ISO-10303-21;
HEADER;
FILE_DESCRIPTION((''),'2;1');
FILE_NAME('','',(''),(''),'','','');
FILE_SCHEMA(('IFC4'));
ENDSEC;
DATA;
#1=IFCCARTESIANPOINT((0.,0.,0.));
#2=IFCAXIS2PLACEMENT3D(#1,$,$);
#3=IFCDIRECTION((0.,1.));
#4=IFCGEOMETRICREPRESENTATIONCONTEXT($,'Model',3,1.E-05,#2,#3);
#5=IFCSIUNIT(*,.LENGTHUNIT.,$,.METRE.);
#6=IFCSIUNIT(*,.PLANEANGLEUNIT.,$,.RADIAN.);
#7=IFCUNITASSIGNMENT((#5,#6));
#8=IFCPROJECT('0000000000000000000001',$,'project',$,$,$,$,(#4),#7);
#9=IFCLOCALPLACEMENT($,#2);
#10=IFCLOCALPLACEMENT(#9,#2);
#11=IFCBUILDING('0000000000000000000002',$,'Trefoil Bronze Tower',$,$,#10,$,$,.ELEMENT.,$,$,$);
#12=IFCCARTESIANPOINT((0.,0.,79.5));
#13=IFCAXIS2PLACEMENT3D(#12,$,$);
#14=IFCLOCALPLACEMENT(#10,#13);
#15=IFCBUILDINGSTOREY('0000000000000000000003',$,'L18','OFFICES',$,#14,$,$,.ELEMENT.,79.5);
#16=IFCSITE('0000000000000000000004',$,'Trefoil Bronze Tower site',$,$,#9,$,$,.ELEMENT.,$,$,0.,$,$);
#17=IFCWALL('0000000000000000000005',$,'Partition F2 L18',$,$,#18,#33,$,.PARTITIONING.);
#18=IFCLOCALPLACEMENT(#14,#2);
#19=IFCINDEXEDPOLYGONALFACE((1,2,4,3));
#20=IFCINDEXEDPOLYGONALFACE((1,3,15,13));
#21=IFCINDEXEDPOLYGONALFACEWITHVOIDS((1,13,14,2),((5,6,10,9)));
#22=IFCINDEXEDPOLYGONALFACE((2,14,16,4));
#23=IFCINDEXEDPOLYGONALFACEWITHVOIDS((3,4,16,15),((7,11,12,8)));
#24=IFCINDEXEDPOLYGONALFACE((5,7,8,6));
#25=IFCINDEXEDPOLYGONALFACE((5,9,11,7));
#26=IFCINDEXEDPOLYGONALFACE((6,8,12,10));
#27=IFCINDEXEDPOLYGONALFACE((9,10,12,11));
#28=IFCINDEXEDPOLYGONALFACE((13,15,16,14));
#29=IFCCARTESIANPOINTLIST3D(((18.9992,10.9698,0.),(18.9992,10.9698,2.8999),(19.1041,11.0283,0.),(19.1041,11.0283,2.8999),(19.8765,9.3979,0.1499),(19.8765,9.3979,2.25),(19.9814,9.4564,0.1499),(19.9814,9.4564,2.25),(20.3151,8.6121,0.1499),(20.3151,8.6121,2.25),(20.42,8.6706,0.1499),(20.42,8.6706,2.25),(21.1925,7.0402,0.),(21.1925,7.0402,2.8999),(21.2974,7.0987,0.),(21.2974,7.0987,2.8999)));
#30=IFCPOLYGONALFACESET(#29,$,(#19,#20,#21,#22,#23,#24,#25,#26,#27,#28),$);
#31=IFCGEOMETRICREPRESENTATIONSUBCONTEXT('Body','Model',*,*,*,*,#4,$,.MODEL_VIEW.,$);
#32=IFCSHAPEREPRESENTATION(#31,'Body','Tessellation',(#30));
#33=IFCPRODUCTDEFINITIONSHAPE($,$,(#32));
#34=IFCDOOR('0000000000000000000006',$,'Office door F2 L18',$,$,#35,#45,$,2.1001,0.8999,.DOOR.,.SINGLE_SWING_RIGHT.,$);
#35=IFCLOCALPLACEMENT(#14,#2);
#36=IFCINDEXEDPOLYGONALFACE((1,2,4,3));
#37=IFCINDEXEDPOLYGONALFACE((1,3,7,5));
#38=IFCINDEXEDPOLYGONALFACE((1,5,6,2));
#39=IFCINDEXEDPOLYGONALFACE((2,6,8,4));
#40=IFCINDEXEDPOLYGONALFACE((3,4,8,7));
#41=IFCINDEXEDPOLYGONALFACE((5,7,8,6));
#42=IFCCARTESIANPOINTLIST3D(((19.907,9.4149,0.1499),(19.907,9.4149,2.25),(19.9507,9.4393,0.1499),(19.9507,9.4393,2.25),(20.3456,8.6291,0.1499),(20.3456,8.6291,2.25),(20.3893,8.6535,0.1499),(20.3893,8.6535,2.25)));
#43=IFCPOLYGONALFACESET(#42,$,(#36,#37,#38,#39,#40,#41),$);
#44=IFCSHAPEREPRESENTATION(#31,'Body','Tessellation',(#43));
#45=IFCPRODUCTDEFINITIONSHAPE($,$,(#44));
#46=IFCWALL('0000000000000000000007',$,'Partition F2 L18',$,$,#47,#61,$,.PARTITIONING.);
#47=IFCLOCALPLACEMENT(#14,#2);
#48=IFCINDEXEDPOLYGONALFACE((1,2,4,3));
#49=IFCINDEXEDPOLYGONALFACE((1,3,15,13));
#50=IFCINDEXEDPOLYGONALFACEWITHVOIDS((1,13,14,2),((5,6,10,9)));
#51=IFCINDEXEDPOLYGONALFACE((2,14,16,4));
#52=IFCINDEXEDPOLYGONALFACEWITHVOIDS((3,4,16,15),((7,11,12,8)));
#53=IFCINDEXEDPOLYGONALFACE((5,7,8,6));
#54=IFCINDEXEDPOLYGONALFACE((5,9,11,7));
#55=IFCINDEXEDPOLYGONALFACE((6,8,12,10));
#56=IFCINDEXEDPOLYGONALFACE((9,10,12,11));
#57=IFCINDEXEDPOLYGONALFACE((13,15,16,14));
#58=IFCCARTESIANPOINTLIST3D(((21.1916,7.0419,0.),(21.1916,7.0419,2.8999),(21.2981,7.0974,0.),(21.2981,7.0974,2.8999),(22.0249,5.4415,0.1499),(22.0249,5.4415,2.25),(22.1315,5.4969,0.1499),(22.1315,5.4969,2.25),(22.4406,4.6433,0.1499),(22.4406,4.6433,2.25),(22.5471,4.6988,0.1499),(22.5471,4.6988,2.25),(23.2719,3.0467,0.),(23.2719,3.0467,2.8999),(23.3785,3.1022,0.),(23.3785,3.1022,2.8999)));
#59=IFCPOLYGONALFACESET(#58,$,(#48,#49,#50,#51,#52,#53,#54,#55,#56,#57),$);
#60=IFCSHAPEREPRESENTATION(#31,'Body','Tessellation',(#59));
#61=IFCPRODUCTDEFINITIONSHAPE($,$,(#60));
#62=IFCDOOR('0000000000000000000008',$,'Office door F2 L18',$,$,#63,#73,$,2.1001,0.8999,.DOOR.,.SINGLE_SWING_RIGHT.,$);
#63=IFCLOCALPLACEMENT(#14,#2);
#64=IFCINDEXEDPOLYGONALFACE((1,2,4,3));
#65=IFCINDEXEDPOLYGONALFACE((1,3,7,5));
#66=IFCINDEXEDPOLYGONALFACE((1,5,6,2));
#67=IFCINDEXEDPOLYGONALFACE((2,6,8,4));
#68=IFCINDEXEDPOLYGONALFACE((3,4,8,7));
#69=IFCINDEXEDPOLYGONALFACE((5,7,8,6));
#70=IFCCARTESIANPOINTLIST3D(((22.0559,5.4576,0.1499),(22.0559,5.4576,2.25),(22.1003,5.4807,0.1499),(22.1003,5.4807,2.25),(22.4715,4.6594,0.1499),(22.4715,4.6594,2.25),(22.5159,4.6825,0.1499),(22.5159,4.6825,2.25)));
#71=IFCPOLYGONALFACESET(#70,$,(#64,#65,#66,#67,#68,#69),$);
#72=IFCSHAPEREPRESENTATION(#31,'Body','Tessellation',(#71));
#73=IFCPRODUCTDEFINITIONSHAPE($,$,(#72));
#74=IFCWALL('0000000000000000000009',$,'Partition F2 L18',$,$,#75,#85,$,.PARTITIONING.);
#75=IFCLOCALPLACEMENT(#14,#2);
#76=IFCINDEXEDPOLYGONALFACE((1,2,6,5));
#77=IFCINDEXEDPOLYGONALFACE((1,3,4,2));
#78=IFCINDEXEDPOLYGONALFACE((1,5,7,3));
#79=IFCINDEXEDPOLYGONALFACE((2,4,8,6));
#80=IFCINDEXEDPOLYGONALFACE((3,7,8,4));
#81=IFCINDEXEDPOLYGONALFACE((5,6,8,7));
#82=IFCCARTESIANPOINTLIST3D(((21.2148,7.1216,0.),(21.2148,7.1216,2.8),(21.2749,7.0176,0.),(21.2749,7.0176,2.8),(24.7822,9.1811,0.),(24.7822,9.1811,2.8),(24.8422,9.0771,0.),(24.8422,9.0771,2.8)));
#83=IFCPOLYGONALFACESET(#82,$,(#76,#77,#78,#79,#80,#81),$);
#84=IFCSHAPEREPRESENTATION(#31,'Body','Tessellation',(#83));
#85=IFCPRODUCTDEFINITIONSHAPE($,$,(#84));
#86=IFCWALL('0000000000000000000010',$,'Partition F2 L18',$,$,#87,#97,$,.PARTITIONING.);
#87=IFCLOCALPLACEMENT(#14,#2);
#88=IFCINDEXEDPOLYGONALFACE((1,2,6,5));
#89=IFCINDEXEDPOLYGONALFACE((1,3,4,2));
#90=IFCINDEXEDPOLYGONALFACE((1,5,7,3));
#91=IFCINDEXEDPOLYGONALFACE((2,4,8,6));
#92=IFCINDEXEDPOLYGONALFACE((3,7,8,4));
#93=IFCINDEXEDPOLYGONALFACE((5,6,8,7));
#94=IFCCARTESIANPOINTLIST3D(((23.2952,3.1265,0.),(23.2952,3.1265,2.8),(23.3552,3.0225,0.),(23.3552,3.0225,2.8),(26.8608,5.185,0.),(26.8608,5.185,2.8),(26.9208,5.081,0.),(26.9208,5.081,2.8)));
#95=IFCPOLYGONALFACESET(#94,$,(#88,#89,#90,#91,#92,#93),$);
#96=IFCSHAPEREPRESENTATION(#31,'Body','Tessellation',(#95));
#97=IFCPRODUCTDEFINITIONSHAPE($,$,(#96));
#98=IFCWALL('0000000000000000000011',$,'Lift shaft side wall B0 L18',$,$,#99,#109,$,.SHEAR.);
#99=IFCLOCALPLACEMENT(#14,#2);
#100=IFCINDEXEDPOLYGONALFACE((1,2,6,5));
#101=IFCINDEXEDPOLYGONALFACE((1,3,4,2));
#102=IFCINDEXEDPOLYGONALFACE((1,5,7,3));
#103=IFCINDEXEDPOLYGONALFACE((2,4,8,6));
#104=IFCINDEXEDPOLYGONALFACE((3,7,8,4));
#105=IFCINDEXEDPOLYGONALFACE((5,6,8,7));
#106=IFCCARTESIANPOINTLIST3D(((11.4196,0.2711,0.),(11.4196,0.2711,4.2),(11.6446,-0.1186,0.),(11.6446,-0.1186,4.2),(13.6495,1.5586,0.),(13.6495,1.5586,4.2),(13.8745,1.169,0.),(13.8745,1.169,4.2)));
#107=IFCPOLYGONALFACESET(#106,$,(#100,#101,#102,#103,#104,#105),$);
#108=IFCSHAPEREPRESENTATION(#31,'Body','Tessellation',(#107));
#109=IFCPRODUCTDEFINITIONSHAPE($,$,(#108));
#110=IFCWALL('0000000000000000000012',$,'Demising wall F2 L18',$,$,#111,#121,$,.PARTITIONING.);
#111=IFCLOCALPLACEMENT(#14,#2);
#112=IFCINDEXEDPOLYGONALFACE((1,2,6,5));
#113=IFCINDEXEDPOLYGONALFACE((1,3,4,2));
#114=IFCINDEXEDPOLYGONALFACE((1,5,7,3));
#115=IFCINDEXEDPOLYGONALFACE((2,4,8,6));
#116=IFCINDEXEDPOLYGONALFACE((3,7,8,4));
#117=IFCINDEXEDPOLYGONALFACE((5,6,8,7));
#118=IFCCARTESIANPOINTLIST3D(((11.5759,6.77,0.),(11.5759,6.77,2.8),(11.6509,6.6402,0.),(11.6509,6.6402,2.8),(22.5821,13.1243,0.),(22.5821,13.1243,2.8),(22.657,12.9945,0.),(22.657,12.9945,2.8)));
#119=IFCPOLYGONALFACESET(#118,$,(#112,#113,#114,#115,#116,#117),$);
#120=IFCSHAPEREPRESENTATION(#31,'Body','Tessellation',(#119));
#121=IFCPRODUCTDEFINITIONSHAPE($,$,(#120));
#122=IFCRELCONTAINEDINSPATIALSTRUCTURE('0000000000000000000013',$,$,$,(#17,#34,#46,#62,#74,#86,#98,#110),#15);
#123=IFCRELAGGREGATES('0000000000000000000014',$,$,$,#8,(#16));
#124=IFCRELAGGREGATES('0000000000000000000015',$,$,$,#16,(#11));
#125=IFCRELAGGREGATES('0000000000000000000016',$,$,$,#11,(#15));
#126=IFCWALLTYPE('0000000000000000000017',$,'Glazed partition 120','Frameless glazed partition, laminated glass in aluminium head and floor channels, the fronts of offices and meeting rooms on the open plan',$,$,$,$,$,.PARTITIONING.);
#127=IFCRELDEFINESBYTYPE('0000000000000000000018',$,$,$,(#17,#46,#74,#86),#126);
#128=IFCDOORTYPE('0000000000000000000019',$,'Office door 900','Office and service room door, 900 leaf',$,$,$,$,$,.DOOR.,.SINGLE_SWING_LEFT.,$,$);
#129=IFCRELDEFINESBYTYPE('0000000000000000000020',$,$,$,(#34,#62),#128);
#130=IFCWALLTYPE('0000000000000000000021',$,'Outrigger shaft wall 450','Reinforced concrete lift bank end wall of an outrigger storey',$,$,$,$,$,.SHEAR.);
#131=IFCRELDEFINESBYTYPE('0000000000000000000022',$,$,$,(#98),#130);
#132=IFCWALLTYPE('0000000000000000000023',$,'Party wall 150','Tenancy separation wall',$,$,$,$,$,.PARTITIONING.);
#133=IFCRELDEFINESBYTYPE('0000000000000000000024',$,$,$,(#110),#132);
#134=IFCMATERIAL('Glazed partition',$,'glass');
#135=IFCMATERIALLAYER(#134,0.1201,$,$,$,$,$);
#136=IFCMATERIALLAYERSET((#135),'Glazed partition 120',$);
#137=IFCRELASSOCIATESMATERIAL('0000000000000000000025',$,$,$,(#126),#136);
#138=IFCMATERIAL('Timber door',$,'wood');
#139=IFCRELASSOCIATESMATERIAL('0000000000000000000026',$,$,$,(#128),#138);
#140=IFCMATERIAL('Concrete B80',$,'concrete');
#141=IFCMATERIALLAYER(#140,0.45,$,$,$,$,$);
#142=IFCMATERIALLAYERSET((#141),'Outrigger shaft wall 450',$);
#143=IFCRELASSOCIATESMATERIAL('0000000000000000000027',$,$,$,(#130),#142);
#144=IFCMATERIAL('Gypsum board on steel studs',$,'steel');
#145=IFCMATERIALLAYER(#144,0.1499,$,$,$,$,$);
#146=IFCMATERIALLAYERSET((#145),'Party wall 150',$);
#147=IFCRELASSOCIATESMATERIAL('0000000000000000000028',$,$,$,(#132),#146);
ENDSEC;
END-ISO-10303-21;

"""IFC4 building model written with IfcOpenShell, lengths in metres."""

from ifc_helpers import new_model, si_unit, direction, frame, frame_2d, origin, place, context, subcontext, project, spatial, rectangle, extrude, material, layer, layer_set, type_object, element, fill, save


model = new_model("IFC4")

# Units and contexts
model_context = context("Model", 3, precision=1e-05, world=origin(), true_north=direction((0.0, 1.0)))
body_context = subcontext(model_context, "Body", "Model", "MODEL_VIEW")
ifc_project = project(units=[si_unit("LENGTHUNIT", "METRE"), si_unit("PLANEANGLEUNIT", "RADIAN")], contexts=[model_context])

# Site, building, storey
site_placement = place(None, origin())
site = spatial("IfcSite", under=ifc_project, at=site_placement, Name="Trefoil Bronze Tower site", CompositionType="ELEMENT", RefElevation=0.0)
building_placement = place(site_placement, origin())
building = spatial("IfcBuilding", under=site, at=building_placement, Name="Trefoil Bronze Tower", CompositionType="ELEMENT")
storey_placement = place(building_placement, frame((0.0, 0.0, 79.5)))
storey = spatial("IfcBuildingStorey", under=building, at=storey_placement, Name="L18", Description="OFFICES", CompositionType="ELEMENT", Elevation=79.5)

# Shared definitions
ifc_material_1 = material(Name="Glazed partition", Category="glass")
ifc_layer_1 = layer(ifc_material_1, 0.1201)
ifc_layer_set_1 = layer_set([ifc_layer_1], Name="Glazed partition 120")
wall_type_1 = type_object("IfcWallType", Name="Glazed partition 120", Description="Frameless glazed partition, laminated glass in aluminium head and floor channels, the fronts of offices and meeting rooms on the open plan", PredefinedType="PARTITIONING", material=ifc_layer_set_1)
ifc_material_2 = material(Name="Timber door", Category="wood")
door_type_1 = type_object("IfcDoorType", Name="Office door 900", Description="Office and service room door, 900 leaf", OperationType="SINGLE_SWING_LEFT", PredefinedType="DOOR", material=ifc_material_2)

# Walls, openings, doors
wall_1_placement = place(storey_placement, frame((21.2449, 7.0696, 0.0), z_axis=(0.0, 0.0, 1.0), x_axis=(-0.487374, 0.873193, 0.0)))
wall_1 = element("IfcWall", 1, at=wall_1_placement, inside=storey, type_object=wall_type_1, Name="Partition F2 L18", PredefinedType="PARTITIONING", context=body_context, shape_type="SweptSolid", body=[
    extrude(rectangle(XDim=4.5002, YDim=0.1201, at=frame_2d((2.25, 0.0))), origin(), (0.0, 0.0, 1.0), 2.8999),
])
opening_1_placement = place(wall_1_placement, frame((1.8, 0.0, 0.1499)))
opening_1 = element("IfcOpeningElement", 2, at=opening_1_placement, cuts=wall_1, PredefinedType="OPENING", context=body_context, shape_type="SweptSolid", body=[
    extrude(rectangle(XDim=0.8999, YDim=2.1001, at=frame_2d((0.45, 1.05))), frame((0.0, 0.0701, 0.0), z_axis=(0.0, -1.0, 0.0), x_axis=(1.0, 0.0, 0.0)), (0.0, 0.0, 1.0), 0.1401),
])
door_1_placement = place(opening_1_placement, frame((0.8999, 0.0, 0.0), z_axis=(0.0, 0.0, 1.0), x_axis=(-1.0, 0.0, 0.0)))
door_1 = element("IfcDoor", 3, at=door_1_placement, inside=storey, type_object=door_type_1, Name="Office door F2 L18", OperationType="SINGLE_SWING_RIGHT", OverallHeight=2.1001, OverallWidth=0.8999, PredefinedType="DOOR", context=body_context, shape_type="SweptSolid", body=[
    extrude(rectangle(XDim=0.8999, YDim=2.1001, at=frame_2d((0.45, 1.05))), frame((0.0, 0.0249, 0.0), z_axis=(0.0, -1.0, 0.0), x_axis=(1.0, 0.0, 0.0)), (0.0, 0.0, 1.0), 0.05),
])
fill(opening_1, door_1)
wall_2_placement = place(storey_placement, frame((23.3252, 3.0745, 0.0), z_axis=(0.0, 0.0, 1.0), x_axis=(-0.461853, 0.886957, 0.0)))
wall_2 = element("IfcWall", 4, at=wall_2_placement, inside=storey, type_object=wall_type_1, Name="Partition F2 L18", PredefinedType="PARTITIONING", context=body_context, shape_type="SweptSolid", body=[
    extrude(rectangle(XDim=4.5044, YDim=0.1201, at=frame_2d((2.2522, 0.0))), origin(), (0.0, 0.0, 1.0), 2.8999),
])
opening_2_placement = place(wall_2_placement, frame((1.8, 0.0, 0.1499)))
opening_2 = element("IfcOpeningElement", 5, at=opening_2_placement, cuts=wall_2, PredefinedType="OPENING", context=body_context, shape_type="SweptSolid", body=[
    extrude(rectangle(XDim=0.8999, YDim=2.1001, at=frame_2d((0.45, 1.05))), frame((0.0, 0.0701, 0.0), z_axis=(0.0, -1.0, 0.0), x_axis=(1.0, 0.0, 0.0)), (0.0, 0.0, 1.0), 0.1401),
])
door_2_placement = place(opening_2_placement, frame((0.8999, 0.0, 0.0), z_axis=(0.0, 0.0, 1.0), x_axis=(-1.0, 0.0, 0.0)))
door_2 = element("IfcDoor", 6, at=door_2_placement, inside=storey, type_object=door_type_1, Name="Office door F2 L18", OperationType="SINGLE_SWING_RIGHT", OverallHeight=2.1001, OverallWidth=0.8999, PredefinedType="DOOR", context=body_context, shape_type="SweptSolid", body=[
    extrude(rectangle(XDim=0.8999, YDim=2.1001, at=frame_2d((0.45, 1.05))), frame((0.0, 0.0249, 0.0), z_axis=(0.0, -1.0, 0.0), x_axis=(1.0, 0.0, 0.0)), (0.0, 0.0, 1.0), 0.05),
])
fill(opening_2, door_2)

# Walls
wall_3_placement = place(storey_placement, frame((21.2449, 7.0696, 0.0), z_axis=(0.0, 0.0, 1.0), x_axis=(0.866032, 0.499989, 0.0)))
element("IfcWall", 7, at=wall_3_placement, inside=storey, type_object=wall_type_1, Name="Partition F2 L18", PredefinedType="PARTITIONING", context=body_context, shape_type="SweptSolid", body=[
    extrude(rectangle(XDim=4.1191, YDim=0.1201, at=frame_2d((2.0596, 0.0))), origin(), (0.0, 0.0, 1.0), 2.8),
])
wall_4_placement = place(storey_placement, frame((23.3252, 3.0745, 0.0), z_axis=(0.0, 0.0, 1.0), x_axis=(0.866031, 0.499991, 0.0)))
element("IfcWall", 8, at=wall_4_placement, inside=storey, type_object=wall_type_1, Name="Partition F2 L18", PredefinedType="PARTITIONING", context=body_context, shape_type="SweptSolid", body=[
    extrude(rectangle(XDim=4.1172, YDim=0.1201, at=frame_2d((2.0586, 0.0))), origin(), (0.0, 0.0, 1.0), 2.8),
])
ifc_material_3 = material(Name="Concrete B80", Category="concrete")
ifc_layer_2 = layer(ifc_material_3, 0.45)
ifc_layer_set_2 = layer_set([ifc_layer_2], Name="Outrigger shaft wall 450")
wall_type_2 = type_object("IfcWallType", Name="Outrigger shaft wall 450", Description="Reinforced concrete lift bank end wall of an outrigger storey", PredefinedType="SHEAR", material=ifc_layer_set_2)
wall_5_placement = place(storey_placement, frame((11.532, 0.0762, 0.0), z_axis=(0.0, 0.0, 1.0), x_axis=(0.866006, 0.500034, 0.0)))
element("IfcWall", 9, at=wall_5_placement, inside=storey, type_object=wall_type_2, Name="Lift shaft side wall B0 L18", PredefinedType="SHEAR", context=body_context, shape_type="SweptSolid", body=[
    extrude(rectangle(XDim=2.575, YDim=0.45, at=frame_2d((1.2876, 0.0))), origin(), (0.0, 0.0, 1.0), 4.2),
])
ifc_material_4 = material(Name="Gypsum board on steel studs", Category="steel")
ifc_layer_3 = layer(ifc_material_4, 0.1499)
ifc_layer_set_3 = layer_set([ifc_layer_3], Name="Party wall 150")
wall_type_3 = type_object("IfcWallType", Name="Party wall 150", Description="Tenancy separation wall", PredefinedType="PARTITIONING", material=ifc_layer_set_3)
wall_6_placement = place(storey_placement, frame((11.6133, 6.7051, 0.0), z_axis=(0.0, 0.0, 1.0), x_axis=(0.86603, 0.499992, 0.0)))
element("IfcWall", 10, at=wall_6_placement, inside=storey, type_object=wall_type_3, Name="Demising wall F2 L18", PredefinedType="PARTITIONING", context=body_context, shape_type="SweptSolid", body=[
    extrude(rectangle(XDim=12.7087, YDim=0.1499, at=frame_2d((6.3545, 0.0))), origin(), (0.0, 0.0, 1.0), 2.8),
])

save(model, "model.ifc")
